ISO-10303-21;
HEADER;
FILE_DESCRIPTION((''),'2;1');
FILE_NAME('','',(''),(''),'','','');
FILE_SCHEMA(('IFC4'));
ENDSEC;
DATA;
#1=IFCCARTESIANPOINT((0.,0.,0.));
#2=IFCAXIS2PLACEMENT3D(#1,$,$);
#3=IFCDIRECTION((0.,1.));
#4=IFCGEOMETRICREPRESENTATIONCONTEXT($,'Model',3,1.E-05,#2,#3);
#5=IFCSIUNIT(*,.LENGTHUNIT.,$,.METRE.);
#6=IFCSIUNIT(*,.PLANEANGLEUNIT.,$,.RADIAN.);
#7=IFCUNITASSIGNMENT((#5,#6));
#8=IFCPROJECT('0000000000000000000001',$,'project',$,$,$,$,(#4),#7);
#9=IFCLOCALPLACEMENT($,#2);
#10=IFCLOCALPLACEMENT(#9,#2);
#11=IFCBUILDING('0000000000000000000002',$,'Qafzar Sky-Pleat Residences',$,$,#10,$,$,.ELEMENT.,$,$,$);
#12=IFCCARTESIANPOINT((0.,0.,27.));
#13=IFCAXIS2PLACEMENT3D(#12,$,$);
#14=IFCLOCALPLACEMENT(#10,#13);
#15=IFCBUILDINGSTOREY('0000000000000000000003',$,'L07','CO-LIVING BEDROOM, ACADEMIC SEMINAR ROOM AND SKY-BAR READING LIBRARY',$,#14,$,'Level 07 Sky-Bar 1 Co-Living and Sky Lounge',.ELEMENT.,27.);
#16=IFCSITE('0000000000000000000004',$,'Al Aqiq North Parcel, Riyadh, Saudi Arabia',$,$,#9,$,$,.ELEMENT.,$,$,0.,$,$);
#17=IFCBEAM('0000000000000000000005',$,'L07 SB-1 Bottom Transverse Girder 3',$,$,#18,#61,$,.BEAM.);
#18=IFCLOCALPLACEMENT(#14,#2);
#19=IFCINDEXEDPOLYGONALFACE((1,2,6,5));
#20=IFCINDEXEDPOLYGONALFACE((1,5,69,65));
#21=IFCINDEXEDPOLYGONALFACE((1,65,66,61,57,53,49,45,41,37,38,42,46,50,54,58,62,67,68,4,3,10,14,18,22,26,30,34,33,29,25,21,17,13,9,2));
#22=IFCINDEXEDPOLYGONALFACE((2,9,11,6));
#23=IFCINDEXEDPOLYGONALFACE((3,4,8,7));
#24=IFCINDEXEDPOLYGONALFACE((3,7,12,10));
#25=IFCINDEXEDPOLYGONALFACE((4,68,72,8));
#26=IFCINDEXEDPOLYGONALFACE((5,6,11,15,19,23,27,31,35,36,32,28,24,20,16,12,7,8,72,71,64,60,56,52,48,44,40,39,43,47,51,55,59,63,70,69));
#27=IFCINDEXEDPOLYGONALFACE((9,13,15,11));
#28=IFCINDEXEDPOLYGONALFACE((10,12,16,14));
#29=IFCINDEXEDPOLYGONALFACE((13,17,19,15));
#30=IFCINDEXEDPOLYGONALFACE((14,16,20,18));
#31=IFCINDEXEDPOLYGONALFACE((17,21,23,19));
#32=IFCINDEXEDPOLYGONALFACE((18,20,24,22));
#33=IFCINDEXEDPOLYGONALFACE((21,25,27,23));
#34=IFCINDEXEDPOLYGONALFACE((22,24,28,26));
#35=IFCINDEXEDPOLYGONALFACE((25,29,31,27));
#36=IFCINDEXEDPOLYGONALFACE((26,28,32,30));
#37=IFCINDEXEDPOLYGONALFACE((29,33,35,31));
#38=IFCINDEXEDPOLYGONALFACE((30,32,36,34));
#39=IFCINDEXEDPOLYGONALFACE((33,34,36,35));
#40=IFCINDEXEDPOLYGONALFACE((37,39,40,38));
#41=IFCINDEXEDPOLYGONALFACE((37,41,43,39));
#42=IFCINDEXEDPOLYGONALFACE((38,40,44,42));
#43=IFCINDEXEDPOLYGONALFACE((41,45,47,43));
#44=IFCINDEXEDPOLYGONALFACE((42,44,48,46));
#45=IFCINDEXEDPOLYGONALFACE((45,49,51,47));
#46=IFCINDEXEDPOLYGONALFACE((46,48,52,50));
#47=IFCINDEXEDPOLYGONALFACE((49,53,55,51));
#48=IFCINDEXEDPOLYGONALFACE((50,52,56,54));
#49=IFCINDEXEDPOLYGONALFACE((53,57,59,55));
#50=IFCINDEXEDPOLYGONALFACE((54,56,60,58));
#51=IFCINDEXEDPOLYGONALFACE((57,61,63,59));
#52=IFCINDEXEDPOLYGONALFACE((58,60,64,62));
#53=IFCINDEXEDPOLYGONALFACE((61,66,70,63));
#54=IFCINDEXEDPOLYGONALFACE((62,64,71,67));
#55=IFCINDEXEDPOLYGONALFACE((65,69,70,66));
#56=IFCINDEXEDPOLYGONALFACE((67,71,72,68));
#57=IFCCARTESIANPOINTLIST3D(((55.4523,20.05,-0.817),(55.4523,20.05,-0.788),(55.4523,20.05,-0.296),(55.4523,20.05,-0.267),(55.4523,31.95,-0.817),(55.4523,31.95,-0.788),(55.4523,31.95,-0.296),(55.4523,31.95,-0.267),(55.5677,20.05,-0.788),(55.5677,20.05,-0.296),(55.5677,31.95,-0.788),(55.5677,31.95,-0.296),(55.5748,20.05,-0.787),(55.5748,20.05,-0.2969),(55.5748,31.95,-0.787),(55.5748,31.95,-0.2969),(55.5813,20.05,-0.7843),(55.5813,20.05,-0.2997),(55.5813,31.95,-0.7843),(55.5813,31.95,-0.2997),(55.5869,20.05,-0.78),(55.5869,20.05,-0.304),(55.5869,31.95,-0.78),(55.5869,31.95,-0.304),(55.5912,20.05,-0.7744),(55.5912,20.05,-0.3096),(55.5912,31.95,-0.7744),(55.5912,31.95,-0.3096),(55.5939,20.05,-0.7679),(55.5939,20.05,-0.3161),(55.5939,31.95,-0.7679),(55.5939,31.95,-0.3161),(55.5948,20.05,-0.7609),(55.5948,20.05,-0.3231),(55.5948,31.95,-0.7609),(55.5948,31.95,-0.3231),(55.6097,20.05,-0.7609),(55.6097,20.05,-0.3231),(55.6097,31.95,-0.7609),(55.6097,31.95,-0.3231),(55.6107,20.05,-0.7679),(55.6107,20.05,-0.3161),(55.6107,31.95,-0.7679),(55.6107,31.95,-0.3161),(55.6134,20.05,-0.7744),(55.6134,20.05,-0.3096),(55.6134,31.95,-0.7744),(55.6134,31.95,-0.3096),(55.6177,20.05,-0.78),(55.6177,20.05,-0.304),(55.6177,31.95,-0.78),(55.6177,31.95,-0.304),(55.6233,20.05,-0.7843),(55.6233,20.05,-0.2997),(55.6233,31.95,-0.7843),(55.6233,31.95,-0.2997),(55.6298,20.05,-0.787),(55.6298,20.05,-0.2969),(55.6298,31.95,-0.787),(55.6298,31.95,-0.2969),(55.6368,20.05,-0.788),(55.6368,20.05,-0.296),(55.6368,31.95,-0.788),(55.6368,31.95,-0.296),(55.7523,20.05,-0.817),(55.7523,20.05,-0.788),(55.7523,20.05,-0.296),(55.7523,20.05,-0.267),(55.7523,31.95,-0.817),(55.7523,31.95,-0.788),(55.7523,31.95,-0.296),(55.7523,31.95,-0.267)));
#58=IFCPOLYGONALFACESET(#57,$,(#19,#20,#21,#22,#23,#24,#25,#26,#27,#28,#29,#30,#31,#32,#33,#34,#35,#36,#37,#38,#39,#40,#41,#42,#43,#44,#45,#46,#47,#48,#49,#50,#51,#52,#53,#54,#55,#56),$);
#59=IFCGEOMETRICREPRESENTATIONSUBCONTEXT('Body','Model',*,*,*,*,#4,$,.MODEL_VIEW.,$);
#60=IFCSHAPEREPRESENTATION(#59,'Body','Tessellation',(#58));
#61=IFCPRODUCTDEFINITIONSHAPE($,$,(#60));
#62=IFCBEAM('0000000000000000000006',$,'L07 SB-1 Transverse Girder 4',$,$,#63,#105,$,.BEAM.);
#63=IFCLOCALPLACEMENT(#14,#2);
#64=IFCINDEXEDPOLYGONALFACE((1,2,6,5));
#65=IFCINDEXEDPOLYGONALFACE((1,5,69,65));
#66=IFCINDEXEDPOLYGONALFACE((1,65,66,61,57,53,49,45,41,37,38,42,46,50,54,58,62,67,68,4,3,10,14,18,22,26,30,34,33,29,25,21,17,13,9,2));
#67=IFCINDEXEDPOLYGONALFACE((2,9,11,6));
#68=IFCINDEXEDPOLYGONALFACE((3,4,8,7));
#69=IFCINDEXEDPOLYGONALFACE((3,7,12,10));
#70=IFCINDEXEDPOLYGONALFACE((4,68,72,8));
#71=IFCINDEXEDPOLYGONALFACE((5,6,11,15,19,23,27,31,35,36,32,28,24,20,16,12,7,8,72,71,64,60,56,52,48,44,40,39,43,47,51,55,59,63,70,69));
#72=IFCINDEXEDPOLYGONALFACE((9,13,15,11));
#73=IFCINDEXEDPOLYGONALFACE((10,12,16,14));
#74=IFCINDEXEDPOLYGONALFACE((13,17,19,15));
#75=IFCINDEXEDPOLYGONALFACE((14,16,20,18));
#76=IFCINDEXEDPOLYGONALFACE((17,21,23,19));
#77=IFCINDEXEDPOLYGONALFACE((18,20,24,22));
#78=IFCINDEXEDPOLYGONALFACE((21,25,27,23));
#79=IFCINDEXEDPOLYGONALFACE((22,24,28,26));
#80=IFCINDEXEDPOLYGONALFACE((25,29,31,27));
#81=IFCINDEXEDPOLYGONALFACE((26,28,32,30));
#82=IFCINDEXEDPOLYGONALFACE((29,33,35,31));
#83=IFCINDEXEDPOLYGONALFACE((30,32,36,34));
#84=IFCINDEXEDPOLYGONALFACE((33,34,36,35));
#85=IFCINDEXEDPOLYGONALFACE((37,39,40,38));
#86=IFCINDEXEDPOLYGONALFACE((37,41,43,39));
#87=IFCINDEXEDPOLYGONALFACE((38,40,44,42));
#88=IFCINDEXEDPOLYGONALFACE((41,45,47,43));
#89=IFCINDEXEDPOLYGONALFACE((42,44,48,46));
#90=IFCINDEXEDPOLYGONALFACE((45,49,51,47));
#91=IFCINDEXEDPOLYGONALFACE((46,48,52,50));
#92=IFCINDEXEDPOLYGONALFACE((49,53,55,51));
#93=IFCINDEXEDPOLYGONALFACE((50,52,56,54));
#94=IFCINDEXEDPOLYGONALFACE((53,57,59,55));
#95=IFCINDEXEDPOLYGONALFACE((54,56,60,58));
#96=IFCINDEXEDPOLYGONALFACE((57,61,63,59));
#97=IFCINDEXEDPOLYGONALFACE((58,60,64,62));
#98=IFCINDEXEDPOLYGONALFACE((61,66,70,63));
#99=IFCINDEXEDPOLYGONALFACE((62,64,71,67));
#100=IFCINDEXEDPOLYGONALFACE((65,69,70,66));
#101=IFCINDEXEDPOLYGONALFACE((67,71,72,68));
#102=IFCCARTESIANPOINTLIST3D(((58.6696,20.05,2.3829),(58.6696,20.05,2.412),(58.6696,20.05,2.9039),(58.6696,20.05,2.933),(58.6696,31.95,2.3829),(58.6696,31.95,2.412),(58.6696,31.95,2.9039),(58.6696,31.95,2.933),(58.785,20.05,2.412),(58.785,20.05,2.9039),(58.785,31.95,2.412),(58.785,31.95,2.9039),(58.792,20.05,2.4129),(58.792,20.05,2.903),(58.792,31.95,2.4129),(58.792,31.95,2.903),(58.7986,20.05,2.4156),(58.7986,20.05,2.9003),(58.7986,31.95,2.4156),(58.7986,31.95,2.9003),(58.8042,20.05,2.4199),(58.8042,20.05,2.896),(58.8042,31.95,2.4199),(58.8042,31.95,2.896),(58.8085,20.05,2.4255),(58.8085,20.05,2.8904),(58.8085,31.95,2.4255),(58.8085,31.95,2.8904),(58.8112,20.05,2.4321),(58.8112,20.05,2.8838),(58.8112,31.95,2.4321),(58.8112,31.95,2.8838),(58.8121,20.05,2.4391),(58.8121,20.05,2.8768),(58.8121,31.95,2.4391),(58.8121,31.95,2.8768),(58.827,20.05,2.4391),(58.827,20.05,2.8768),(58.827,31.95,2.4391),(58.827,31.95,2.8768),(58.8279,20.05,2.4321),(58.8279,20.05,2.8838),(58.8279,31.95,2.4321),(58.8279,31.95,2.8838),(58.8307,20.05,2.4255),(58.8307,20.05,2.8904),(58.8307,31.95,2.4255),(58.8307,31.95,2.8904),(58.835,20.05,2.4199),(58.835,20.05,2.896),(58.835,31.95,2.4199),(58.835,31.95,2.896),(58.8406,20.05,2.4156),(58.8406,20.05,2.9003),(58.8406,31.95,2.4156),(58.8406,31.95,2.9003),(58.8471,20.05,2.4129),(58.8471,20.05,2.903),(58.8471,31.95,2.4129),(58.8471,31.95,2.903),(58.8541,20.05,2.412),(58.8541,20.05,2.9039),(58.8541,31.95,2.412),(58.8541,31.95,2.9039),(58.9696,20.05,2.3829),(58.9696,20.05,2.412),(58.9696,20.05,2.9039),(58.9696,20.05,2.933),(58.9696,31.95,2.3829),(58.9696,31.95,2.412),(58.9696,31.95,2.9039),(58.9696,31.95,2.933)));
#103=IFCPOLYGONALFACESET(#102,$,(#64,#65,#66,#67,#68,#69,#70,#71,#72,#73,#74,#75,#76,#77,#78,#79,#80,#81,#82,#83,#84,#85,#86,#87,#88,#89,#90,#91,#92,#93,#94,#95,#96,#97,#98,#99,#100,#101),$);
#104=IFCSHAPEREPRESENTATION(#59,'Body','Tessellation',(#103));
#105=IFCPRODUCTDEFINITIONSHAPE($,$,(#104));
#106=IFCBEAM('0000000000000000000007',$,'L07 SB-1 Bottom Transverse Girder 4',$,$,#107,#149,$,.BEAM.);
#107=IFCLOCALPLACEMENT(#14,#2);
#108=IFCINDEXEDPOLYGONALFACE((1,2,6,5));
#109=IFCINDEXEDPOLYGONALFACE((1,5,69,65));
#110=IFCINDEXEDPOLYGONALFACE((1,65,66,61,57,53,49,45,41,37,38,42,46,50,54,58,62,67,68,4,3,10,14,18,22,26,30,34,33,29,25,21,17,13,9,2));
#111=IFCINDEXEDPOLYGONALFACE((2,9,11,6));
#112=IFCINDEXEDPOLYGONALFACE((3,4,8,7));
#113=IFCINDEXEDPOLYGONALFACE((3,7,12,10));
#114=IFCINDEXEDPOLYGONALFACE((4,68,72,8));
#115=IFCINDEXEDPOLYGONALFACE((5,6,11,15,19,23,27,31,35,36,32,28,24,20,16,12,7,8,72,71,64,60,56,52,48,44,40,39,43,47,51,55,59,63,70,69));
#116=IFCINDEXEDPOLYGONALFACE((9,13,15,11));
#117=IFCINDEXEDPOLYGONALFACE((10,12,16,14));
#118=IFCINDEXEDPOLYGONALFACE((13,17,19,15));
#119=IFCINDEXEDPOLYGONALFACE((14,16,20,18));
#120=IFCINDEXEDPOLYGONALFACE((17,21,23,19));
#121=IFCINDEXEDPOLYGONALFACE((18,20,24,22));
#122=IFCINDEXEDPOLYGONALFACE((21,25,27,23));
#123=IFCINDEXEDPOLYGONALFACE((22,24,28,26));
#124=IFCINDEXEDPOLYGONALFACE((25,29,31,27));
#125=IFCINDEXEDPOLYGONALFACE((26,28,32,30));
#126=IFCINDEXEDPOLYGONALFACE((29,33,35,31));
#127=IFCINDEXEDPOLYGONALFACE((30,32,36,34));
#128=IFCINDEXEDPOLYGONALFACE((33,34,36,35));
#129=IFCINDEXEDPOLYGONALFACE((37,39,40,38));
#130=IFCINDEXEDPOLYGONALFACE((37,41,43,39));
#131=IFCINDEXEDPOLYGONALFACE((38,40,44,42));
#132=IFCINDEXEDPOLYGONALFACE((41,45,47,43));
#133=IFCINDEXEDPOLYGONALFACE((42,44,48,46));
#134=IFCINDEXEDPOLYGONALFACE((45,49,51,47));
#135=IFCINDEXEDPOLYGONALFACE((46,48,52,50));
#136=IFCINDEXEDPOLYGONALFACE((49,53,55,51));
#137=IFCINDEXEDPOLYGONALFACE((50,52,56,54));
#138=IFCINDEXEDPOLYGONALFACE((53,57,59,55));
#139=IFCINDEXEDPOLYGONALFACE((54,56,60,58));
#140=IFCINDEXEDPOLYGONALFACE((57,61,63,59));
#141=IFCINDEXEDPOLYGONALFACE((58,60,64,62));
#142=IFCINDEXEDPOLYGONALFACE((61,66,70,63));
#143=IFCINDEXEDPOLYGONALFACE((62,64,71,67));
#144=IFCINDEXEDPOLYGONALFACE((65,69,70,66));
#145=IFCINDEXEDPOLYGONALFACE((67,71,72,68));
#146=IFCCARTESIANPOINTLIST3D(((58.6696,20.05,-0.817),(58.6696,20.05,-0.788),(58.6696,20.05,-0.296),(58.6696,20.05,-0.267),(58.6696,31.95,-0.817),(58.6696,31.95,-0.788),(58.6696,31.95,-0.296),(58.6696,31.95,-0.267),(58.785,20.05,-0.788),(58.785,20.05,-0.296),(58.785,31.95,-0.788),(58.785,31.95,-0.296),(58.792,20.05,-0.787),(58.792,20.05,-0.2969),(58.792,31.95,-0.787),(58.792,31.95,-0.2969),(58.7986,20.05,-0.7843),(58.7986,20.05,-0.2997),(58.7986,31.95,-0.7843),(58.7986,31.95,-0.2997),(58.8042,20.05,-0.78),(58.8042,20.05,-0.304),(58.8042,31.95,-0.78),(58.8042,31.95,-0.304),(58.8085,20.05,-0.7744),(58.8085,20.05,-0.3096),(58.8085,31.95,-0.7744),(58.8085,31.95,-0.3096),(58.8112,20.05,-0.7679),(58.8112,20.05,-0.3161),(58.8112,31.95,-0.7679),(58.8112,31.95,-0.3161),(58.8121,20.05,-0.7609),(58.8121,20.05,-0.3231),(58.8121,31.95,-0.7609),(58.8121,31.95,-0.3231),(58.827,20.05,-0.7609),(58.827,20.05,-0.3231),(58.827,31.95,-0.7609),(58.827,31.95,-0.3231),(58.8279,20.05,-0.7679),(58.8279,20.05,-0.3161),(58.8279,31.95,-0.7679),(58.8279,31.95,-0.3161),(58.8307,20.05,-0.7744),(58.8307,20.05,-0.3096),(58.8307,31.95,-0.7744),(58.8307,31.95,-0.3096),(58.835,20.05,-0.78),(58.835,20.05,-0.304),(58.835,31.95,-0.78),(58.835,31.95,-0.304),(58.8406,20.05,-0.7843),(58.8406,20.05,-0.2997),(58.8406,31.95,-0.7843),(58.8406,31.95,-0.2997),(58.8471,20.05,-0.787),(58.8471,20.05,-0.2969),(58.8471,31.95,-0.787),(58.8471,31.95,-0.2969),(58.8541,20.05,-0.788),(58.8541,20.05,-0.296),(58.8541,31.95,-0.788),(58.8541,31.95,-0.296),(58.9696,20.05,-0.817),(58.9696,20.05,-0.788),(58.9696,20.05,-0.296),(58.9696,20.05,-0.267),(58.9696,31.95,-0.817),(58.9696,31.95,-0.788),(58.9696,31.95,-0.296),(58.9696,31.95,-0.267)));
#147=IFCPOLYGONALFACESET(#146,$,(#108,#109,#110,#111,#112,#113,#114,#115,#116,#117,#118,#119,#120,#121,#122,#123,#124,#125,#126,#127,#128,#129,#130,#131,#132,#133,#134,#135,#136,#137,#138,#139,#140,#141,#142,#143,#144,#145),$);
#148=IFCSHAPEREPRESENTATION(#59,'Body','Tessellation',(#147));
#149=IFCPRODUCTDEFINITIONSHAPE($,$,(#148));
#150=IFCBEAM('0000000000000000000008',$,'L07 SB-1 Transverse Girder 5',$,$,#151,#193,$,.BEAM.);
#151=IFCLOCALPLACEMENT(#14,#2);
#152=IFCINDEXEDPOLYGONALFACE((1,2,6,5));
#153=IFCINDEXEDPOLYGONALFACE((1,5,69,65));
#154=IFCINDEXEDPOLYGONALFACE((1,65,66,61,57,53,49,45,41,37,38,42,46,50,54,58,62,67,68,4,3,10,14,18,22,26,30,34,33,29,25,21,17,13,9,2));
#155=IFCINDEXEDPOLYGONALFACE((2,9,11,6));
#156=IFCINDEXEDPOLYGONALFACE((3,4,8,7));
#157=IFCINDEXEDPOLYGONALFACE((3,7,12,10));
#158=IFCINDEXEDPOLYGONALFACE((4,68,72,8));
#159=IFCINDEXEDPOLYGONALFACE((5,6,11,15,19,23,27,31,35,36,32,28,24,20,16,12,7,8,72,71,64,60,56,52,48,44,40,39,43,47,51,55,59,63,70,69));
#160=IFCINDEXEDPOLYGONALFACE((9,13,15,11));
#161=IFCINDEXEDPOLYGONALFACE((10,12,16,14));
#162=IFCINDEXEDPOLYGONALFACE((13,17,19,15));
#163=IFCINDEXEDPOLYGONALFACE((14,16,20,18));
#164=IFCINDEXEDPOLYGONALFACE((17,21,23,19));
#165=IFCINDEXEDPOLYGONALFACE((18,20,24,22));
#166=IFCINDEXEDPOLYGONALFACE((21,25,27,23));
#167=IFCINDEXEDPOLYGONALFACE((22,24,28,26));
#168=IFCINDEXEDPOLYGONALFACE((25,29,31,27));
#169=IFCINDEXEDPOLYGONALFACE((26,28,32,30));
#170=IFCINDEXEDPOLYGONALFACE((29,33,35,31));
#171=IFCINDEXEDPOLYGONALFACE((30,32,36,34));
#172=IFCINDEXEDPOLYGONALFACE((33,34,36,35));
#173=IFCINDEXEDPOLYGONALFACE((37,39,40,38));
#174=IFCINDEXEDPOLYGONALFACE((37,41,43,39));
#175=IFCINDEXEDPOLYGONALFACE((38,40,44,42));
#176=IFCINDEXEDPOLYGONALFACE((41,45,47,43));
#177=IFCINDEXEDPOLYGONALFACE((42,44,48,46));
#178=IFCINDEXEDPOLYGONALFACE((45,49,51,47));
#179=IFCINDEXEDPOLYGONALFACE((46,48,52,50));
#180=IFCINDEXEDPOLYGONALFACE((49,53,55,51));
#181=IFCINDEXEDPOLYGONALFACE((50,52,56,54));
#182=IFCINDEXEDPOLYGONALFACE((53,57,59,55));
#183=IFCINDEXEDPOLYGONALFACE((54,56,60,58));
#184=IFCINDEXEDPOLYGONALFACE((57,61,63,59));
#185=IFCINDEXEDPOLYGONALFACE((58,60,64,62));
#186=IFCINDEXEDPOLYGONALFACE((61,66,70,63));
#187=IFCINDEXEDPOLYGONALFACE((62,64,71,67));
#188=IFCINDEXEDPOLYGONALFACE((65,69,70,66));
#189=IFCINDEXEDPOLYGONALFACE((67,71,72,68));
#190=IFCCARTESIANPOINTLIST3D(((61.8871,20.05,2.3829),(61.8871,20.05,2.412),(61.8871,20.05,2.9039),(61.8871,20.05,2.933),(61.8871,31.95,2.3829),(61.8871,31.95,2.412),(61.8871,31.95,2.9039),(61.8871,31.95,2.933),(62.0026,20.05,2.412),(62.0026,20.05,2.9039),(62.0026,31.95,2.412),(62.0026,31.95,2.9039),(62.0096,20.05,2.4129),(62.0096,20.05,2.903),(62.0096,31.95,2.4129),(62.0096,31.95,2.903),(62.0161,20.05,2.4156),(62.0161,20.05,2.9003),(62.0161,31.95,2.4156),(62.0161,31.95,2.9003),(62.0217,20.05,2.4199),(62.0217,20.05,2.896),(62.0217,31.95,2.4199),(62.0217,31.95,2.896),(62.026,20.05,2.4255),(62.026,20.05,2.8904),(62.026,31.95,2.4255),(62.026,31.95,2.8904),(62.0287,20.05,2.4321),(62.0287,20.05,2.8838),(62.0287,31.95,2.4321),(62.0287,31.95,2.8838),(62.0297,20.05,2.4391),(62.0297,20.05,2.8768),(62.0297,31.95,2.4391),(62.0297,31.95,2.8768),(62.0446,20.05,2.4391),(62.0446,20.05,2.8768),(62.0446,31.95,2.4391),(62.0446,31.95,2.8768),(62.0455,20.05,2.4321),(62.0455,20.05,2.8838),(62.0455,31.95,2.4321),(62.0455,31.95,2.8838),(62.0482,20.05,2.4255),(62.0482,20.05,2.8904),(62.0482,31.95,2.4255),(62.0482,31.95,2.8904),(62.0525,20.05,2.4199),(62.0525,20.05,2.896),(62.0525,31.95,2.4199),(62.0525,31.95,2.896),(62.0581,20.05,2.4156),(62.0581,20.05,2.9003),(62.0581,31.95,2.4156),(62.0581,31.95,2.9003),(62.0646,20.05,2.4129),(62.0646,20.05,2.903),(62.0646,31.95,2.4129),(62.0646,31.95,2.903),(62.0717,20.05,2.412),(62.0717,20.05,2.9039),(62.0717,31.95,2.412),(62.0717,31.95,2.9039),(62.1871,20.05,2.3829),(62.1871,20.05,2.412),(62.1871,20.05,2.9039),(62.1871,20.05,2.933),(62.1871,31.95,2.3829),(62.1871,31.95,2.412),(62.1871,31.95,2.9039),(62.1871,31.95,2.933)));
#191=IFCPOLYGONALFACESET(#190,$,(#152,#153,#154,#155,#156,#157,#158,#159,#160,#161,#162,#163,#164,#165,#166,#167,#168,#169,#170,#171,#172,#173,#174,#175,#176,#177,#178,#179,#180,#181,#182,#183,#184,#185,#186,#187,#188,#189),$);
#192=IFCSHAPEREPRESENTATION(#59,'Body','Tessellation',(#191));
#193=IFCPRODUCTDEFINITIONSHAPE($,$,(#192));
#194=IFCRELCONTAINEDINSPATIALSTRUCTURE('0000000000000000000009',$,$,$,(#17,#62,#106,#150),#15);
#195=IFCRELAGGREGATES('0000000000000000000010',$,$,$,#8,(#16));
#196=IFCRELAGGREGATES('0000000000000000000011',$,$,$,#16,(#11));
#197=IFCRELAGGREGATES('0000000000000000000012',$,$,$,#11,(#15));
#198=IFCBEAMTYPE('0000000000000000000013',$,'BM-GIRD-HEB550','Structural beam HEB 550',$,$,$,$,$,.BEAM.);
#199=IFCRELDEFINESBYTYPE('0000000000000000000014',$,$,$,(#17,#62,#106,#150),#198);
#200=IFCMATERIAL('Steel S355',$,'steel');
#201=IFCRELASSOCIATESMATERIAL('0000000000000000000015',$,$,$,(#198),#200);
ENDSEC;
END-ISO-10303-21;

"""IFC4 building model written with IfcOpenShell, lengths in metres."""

from ifc_helpers import new_model, si_unit, direction, frame, origin, origin_2d, place, context, subcontext, project, spatial, i_section, extrude, source, transform, mapped, material, material_profile, profile_set, type_object, element, save


model = new_model("IFC4")

# Units and contexts
model_context = context("Model", 3, precision=1e-05, world=origin(), true_north=direction((0.0, 1.0)))
body_context = subcontext(model_context, "Body", "Model", "MODEL_VIEW")
ifc_project = project(units=[si_unit("LENGTHUNIT", "METRE"), si_unit("PLANEANGLEUNIT", "RADIAN")], contexts=[model_context])

# Site, building, storey
site_placement = place(None, origin())
site = spatial("IfcSite", under=ifc_project, at=site_placement, Name="Al Aqiq North Parcel, Riyadh, Saudi Arabia", CompositionType="ELEMENT", RefElevation=0.0)
building_placement = place(site_placement, origin())
building = spatial("IfcBuilding", under=site, at=building_placement, Name="Qafzar Sky-Pleat Residences", CompositionType="ELEMENT")
storey_placement = place(building_placement, frame((0.0, 0.0, 27.0)))
storey = spatial("IfcBuildingStorey", under=building, at=storey_placement, Name="L07", Description="CO-LIVING BEDROOM, ACADEMIC SEMINAR ROOM AND SKY-BAR READING LIBRARY", LongName="Level 07 Sky-Bar 1 Co-Living and Sky Lounge", CompositionType="ELEMENT", Elevation=27.0)

# Beams
ifc_material_1 = material(Name="Steel S355", Category="steel")
ifc_material_profile_1 = material_profile(ifc_material_1, i_section(OverallWidth=0.3, OverallDepth=0.55, WebThickness=0.0149, FlangeThickness=0.0291, FilletRadius=0.0271, at=origin_2d()), Name="HEB 550")
ifc_profile_set_1 = profile_set([ifc_material_profile_1], Name="Steel S355")
beam_type_1 = type_object("IfcBeamType", Name="BM-GIRD-HEB550", Description="Structural beam HEB 550", PredefinedType="BEAM", material=ifc_profile_set_1)
shared_shape_1 = source(origin(), body_context, "Body", "SweptSolid", [
    extrude(i_section(OverallWidth=0.3, OverallDepth=0.55, WebThickness=0.0149, FlangeThickness=0.0291, FilletRadius=0.0271, at=origin_2d()), origin(), (0.0, 0.0, 1.0), 11.8999),
])
for number, where, z_axis, x_axis, name in (
    (1, (55.6023, 31.95, -0.542), (0.0, -1.0, 0.0), (1.0, 0.0, 0.0), "L07 SB-1 Bottom Transverse Girder 3"),
    (2, (58.8196, 31.95, 2.658), (0.0, -1.0, 0.0), (1.0, 0.0, 0.0), "L07 SB-1 Transverse Girder 4"),
    (3, (58.8196, 31.95, -0.542), (0.0, -1.0, 0.0), (1.0, 0.0, 0.0), "L07 SB-1 Bottom Transverse Girder 4"),
    (4, (62.0371, 31.95, 2.658), (0.0, -1.0, 0.0), (1.0, 0.0, 0.0), "L07 SB-1 Transverse Girder 5"),
):
    element("IfcBeam", number, at=place(storey_placement, frame(where, z_axis=z_axis, x_axis=x_axis)), inside=storey, type_object=beam_type_1, Name=name, PredefinedType="BEAM", context=body_context, shape_type="MappedRepresentation", body=[
        mapped(shared_shape_1, transform((0.0, 0.0, 0.0), x_axis=(1.0, 0.0, 0.0), y_axis=(0.0, 1.0, 0.0), z_axis=(0.0, 0.0, 1.0), scale=1.0)),
    ])

save(model, "model.ifc")
